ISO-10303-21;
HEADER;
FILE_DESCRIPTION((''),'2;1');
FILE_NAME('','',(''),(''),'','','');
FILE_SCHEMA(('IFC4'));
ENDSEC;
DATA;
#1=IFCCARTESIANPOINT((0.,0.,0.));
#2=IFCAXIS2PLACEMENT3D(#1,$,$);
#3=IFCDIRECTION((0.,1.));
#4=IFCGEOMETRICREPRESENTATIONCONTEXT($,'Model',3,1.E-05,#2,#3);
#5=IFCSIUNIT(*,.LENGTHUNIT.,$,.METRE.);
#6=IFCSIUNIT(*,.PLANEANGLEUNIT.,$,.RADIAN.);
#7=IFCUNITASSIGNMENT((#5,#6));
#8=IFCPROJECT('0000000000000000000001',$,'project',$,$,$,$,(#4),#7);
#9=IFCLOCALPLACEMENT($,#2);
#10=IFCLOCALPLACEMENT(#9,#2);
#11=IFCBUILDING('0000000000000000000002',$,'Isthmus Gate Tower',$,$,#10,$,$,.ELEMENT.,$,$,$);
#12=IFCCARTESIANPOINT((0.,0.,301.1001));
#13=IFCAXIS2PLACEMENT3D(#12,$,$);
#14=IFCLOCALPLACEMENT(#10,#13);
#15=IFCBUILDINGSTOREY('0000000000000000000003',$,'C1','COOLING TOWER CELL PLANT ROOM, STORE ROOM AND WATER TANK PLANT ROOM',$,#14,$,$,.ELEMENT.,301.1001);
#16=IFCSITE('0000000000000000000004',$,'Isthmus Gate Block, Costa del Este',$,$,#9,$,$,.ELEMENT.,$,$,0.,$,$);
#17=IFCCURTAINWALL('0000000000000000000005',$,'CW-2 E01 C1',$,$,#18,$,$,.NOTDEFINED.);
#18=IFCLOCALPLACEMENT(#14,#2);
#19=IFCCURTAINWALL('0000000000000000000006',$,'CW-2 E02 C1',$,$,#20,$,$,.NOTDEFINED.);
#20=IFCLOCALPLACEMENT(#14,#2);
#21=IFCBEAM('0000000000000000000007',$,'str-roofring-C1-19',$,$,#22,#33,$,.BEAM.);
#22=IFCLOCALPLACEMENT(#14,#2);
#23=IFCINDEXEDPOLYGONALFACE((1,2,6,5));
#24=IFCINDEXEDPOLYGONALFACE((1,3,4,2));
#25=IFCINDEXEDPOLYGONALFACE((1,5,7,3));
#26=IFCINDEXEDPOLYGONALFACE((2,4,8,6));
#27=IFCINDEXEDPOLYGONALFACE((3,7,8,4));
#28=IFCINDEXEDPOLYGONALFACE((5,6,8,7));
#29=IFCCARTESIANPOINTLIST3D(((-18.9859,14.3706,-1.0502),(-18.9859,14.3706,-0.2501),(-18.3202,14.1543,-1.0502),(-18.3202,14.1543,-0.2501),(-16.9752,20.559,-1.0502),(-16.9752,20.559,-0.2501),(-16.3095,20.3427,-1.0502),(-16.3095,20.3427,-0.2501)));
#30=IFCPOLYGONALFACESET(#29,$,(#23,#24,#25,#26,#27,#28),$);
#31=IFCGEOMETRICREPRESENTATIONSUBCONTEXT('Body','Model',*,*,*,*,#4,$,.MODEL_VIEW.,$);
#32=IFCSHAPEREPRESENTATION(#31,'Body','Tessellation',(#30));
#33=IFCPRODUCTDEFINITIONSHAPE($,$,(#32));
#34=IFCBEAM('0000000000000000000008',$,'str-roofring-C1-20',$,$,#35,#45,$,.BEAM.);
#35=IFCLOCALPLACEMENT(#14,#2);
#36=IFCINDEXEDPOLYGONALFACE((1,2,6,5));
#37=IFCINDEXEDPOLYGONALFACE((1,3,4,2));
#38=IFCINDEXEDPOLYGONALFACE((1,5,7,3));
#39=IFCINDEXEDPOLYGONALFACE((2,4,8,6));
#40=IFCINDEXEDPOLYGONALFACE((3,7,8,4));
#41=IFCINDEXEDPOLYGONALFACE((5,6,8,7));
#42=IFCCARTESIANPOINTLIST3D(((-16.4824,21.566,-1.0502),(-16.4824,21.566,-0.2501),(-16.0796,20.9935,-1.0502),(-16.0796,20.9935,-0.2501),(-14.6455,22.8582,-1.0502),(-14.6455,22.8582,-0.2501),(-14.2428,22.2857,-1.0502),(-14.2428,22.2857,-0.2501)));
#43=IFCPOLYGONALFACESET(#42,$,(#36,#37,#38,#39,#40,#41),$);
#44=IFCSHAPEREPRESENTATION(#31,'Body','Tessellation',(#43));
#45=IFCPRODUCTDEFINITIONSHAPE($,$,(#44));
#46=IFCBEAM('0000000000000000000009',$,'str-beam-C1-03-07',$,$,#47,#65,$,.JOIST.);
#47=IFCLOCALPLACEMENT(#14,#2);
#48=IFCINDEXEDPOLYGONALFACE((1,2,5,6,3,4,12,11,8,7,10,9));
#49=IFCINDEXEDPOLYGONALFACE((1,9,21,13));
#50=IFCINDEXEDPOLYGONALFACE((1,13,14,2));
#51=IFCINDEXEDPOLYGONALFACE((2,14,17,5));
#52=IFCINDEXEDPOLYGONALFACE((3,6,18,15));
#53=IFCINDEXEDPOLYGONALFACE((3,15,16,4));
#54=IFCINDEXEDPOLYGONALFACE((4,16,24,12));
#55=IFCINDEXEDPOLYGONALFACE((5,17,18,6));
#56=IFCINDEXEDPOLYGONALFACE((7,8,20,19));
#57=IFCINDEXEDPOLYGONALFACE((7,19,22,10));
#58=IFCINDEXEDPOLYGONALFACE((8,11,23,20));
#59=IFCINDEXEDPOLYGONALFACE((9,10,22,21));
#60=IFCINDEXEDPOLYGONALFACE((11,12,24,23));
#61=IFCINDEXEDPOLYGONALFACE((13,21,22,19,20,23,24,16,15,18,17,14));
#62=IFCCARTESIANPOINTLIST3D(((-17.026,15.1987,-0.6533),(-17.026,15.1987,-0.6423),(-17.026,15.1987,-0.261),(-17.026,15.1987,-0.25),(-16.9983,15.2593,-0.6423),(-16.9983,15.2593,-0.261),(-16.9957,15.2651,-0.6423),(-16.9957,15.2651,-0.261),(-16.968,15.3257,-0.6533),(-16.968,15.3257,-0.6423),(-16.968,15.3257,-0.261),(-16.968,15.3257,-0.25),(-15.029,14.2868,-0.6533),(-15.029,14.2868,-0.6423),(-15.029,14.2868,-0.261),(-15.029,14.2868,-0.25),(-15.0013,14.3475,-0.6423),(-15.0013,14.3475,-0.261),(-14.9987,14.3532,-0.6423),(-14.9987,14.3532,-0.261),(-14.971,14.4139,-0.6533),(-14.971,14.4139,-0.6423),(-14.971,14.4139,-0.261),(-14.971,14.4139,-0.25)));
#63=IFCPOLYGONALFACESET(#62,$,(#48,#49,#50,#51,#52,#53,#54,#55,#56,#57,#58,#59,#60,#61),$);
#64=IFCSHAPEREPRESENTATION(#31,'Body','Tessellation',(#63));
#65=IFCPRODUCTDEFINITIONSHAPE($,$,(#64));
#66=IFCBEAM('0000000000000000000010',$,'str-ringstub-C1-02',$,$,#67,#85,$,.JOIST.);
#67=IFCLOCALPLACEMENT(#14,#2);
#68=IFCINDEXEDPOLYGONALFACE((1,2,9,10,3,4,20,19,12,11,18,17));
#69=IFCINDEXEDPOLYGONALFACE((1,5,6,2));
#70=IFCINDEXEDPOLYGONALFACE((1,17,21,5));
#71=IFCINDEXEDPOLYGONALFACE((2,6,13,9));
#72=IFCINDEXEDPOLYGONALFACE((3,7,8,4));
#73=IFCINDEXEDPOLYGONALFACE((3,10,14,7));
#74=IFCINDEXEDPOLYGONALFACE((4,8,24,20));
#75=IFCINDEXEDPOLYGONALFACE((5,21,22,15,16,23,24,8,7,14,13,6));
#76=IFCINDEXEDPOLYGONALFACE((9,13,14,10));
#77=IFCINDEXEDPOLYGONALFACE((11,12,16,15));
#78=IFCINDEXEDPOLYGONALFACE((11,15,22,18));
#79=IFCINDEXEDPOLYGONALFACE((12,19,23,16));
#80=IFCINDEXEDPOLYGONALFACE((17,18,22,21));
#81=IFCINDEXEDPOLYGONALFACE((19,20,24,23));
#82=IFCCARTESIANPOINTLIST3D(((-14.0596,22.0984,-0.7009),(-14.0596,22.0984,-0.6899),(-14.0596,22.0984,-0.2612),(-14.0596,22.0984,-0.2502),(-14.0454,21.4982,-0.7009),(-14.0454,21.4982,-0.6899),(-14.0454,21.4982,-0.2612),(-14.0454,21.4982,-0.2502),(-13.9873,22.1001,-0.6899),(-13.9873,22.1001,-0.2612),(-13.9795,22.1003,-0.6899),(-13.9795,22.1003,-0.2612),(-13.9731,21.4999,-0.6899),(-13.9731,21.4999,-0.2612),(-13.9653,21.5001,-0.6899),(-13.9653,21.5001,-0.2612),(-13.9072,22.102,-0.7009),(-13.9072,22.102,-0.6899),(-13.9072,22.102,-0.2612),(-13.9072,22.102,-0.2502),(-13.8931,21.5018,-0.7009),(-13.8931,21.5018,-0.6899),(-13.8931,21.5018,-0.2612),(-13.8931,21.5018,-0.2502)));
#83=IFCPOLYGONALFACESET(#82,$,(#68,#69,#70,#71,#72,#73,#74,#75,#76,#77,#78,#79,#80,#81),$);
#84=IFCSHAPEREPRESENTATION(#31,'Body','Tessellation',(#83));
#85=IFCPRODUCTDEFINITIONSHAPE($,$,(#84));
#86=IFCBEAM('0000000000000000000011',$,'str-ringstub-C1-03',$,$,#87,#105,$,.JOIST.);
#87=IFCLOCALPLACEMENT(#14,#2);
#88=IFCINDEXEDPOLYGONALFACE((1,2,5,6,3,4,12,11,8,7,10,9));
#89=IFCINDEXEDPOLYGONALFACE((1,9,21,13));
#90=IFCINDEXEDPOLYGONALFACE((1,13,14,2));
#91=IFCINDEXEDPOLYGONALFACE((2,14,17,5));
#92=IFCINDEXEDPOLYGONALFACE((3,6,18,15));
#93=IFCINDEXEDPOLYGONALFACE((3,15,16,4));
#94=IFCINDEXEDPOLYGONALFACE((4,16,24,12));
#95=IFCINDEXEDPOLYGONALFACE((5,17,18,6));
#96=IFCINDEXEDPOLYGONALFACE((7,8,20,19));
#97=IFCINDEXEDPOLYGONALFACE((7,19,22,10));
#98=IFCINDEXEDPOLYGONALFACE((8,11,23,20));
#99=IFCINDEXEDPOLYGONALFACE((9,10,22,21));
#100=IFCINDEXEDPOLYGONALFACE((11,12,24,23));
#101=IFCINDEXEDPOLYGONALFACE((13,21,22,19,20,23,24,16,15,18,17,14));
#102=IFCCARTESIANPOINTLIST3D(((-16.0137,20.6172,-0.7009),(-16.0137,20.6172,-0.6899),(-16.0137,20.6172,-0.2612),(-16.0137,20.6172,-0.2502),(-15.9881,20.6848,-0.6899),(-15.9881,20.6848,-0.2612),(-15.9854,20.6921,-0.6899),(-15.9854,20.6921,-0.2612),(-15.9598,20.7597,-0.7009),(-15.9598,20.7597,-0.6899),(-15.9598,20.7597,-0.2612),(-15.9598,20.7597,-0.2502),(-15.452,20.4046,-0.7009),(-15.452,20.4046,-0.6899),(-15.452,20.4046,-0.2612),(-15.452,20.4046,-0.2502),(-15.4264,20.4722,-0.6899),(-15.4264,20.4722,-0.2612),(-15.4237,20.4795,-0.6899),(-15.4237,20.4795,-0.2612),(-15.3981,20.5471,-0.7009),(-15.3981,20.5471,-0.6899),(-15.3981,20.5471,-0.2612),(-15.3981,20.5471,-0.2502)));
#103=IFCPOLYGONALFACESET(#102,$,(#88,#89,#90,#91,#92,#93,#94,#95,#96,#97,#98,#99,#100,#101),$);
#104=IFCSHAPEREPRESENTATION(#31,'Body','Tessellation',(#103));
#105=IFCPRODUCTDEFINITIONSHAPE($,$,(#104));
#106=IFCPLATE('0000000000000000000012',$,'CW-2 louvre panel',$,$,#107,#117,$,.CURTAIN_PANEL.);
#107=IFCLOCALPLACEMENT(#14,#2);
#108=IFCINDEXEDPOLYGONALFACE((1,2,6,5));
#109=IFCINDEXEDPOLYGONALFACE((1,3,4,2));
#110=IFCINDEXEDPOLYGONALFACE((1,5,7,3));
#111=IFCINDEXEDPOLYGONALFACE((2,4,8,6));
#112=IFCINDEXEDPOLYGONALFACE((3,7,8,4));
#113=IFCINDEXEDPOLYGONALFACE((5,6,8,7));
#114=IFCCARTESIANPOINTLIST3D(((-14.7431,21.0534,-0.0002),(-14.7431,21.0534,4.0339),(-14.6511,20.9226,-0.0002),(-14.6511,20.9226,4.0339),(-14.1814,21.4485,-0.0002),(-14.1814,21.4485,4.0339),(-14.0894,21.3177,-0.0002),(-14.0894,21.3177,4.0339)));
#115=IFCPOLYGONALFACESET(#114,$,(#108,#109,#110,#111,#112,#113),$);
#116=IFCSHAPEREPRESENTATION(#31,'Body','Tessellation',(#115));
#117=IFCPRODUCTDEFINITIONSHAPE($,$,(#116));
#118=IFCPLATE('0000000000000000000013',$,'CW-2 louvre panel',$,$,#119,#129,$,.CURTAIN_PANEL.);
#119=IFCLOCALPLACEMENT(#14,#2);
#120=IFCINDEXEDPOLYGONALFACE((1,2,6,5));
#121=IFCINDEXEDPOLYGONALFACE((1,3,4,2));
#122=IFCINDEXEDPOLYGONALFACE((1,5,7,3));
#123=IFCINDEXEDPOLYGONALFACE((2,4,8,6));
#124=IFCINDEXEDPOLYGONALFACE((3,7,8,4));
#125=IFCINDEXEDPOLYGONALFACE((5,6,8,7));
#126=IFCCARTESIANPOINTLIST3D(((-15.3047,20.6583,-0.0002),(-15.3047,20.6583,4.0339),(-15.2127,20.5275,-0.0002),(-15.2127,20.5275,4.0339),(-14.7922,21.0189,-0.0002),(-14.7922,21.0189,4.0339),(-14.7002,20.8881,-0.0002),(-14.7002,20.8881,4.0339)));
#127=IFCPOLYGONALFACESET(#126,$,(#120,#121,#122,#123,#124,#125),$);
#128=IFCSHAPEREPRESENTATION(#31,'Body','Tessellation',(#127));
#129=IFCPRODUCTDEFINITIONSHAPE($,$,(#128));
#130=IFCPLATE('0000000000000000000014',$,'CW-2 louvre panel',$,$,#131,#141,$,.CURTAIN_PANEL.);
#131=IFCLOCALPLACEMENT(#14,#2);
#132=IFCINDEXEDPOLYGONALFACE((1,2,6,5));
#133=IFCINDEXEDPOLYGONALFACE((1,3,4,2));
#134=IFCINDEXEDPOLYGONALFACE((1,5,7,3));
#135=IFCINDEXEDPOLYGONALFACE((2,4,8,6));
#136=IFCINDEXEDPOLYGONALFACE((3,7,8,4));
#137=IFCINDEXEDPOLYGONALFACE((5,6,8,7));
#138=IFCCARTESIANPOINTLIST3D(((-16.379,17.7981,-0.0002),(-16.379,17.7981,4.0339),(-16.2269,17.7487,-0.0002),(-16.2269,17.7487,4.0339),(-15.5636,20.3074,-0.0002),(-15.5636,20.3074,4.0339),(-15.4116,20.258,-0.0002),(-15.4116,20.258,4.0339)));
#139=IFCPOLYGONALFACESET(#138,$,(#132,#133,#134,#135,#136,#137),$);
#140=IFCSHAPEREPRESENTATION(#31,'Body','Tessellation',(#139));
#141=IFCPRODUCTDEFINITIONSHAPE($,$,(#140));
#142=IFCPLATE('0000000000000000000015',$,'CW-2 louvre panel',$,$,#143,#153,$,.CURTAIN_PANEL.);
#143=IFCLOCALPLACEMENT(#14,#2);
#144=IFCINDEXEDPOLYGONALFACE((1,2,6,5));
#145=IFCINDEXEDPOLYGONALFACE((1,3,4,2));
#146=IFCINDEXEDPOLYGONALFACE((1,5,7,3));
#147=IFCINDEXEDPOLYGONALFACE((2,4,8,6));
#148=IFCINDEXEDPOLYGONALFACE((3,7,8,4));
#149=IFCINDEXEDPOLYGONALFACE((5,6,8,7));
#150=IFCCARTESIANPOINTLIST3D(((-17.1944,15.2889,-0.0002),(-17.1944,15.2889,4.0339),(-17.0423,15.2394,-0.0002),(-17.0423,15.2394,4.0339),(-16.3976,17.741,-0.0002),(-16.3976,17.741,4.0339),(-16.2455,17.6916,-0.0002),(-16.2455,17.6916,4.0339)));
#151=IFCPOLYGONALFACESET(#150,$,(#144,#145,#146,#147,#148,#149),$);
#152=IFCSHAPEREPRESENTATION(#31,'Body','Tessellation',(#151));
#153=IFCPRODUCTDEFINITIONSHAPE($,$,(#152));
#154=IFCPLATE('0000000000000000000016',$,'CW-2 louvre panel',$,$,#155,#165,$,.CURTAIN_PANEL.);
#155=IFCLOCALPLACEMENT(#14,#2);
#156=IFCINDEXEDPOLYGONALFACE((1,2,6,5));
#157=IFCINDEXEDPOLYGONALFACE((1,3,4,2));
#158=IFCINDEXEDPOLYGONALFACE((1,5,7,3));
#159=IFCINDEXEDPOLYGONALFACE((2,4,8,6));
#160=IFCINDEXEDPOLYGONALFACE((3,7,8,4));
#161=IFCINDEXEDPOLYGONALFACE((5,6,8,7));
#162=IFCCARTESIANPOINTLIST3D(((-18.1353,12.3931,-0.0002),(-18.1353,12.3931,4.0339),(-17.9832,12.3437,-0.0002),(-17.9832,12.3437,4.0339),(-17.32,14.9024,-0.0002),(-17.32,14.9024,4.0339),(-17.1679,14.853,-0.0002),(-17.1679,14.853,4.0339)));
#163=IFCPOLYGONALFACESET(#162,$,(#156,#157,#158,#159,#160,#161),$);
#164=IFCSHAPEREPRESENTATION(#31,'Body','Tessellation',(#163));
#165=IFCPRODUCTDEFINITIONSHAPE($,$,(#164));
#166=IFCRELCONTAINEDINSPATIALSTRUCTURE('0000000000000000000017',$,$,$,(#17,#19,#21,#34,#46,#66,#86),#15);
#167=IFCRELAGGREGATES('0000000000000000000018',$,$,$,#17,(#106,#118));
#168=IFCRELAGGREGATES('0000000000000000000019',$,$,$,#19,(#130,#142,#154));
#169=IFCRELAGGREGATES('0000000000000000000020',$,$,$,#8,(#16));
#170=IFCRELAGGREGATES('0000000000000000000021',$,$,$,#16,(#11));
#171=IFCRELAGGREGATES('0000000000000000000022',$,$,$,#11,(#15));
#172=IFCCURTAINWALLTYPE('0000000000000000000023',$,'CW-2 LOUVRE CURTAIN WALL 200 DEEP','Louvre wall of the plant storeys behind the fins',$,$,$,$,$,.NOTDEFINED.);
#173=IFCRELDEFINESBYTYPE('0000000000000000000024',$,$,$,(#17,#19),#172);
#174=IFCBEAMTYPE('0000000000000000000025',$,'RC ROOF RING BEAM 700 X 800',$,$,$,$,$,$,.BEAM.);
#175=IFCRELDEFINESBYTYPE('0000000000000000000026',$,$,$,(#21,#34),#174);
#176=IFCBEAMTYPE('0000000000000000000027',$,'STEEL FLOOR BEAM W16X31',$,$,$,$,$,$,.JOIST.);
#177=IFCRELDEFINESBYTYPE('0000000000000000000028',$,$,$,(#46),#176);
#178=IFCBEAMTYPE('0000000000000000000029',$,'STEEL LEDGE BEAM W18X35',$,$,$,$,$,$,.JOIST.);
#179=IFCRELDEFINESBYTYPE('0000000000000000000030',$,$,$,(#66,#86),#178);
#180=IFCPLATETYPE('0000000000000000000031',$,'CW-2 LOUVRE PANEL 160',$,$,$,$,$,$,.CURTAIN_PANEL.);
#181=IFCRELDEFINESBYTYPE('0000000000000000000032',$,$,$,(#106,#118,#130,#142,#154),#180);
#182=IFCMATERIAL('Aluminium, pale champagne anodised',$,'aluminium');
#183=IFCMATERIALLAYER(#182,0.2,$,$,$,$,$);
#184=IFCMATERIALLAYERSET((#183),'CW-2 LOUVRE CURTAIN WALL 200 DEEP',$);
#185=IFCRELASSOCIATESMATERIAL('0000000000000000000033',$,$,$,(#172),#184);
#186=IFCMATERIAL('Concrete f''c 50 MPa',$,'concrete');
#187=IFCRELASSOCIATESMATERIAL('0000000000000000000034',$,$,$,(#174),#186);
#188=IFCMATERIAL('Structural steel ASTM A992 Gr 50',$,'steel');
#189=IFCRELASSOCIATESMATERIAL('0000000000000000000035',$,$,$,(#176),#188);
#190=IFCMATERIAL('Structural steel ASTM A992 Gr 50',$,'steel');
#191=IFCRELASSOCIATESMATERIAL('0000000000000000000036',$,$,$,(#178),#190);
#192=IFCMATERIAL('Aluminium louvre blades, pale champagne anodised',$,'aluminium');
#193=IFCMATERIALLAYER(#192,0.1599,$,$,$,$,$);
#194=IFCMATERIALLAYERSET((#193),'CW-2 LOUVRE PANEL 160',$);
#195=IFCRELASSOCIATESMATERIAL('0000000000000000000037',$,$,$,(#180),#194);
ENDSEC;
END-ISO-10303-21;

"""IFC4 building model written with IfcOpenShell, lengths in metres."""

from ifc_helpers import new_model, si_unit, direction, frame, origin, origin_2d, place, context, subcontext, project, spatial, rectangle, i_section, extrude, material, layer, layer_set, material_profile, profile_set, type_object, element, aggregate, save


model = new_model("IFC4")

# Units and contexts
model_context = context("Model", 3, precision=1e-05, world=origin(), true_north=direction((0.0, 1.0)))
body_context = subcontext(model_context, "Body", "Model", "MODEL_VIEW")
ifc_project = project(units=[si_unit("LENGTHUNIT", "METRE"), si_unit("PLANEANGLEUNIT", "RADIAN")], contexts=[model_context])

# Site, building, storey
site_placement = place(None, origin())
site = spatial("IfcSite", under=ifc_project, at=site_placement, Name="Isthmus Gate Block, Costa del Este", CompositionType="ELEMENT", RefElevation=0.0)
building_placement = place(site_placement, origin())
building = spatial("IfcBuilding", under=site, at=building_placement, Name="Isthmus Gate Tower", CompositionType="ELEMENT")
storey_placement = place(building_placement, frame((0.0, 0.0, 301.1001)))
storey = spatial("IfcBuildingStorey", under=building, at=storey_placement, Name="C1", Description="COOLING TOWER CELL PLANT ROOM, STORE ROOM AND WATER TANK PLANT ROOM", CompositionType="ELEMENT", Elevation=301.1001)

# Curtain wall
ifc_material_1 = material(Name="Aluminium, pale champagne anodised", Category="aluminium")
ifc_layer_1 = layer(ifc_material_1, 0.2)
ifc_layer_set_1 = layer_set([ifc_layer_1], Name="CW-2 LOUVRE CURTAIN WALL 200 DEEP")
curtain_wall_type = type_object("IfcCurtainWallType", Name="CW-2 LOUVRE CURTAIN WALL 200 DEEP", Description="Louvre wall of the plant storeys behind the fins", PredefinedType="NOTDEFINED", material=ifc_layer_set_1)
curtain_wall_1_placement = place(storey_placement, origin())
curtain_wall_1 = element("IfcCurtainWall", 1, at=curtain_wall_1_placement, inside=storey, type_object=curtain_wall_type, Name="CW-2 E01 C1", PredefinedType="NOTDEFINED")

# Curtain wall
curtain_wall_2_placement = place(storey_placement, origin())
curtain_wall_2 = element("IfcCurtainWall", 2, at=curtain_wall_2_placement, inside=storey, type_object=curtain_wall_type, Name="CW-2 E02 C1", PredefinedType="NOTDEFINED")

# Beams
ifc_material_2 = material(Name="Concrete f'c 50 MPa", Category="concrete")
ifc_material_profile_1 = material_profile(ifc_material_2, rectangle(XDim=0.7, YDim=0.8, at=origin_2d()), Name="RC 700X800")
ifc_profile_set_1 = profile_set([ifc_material_profile_1], Name="Concrete f'c 50 MPa")
beam_type_1 = type_object("IfcBeamType", Name="RC ROOF RING BEAM 700 X 800", PredefinedType="BEAM", material=ifc_profile_set_1)
beam_1_placement = place(storey_placement, frame((-18.6531, 14.2625, -0.6501), z_axis=(0.309015, 0.951057, 0.0), x_axis=(-0.951057, 0.309015, 0.0)))
element("IfcBeam", 3, at=beam_1_placement, inside=storey, type_object=beam_type_1, Name="str-roofring-C1-19", PredefinedType="BEAM", context=body_context, shape_type="SweptSolid", body=[
    extrude(rectangle(XDim=0.7, YDim=0.8, at=origin_2d()), origin(), (0.0, 0.0, 1.0), 6.5068),
])
beam_2_placement = place(storey_placement, frame((-16.281, 21.2798, -0.6501), z_axis=(0.817892, 0.575372, 0.0), x_axis=(-0.575372, 0.817892, 0.0)))
element("IfcBeam", 4, at=beam_2_placement, inside=storey, type_object=beam_type_1, Name="str-roofring-C1-20", PredefinedType="BEAM", context=body_context, shape_type="SweptSolid", body=[
    extrude(rectangle(XDim=0.7, YDim=0.8, at=origin_2d()), origin(), (0.0, 0.0, 1.0), 2.2458),
])
ifc_material_3 = material(Name="Structural steel ASTM A992 Gr 50", Category="steel")
ifc_material_profile_2 = material_profile(ifc_material_3, i_section(OverallWidth=0.1396, OverallDepth=0.4033, WebThickness=0.0063, FlangeThickness=0.011, at=origin_2d()), Name="W16X31")
ifc_profile_set_2 = profile_set([ifc_material_profile_2], Name="Structural steel ASTM A992 Gr 50")
beam_type_2 = type_object("IfcBeamType", Name="STEEL FLOOR BEAM W16X31", PredefinedType="JOIST", material=ifc_profile_set_2)
beam_3_placement = place(storey_placement, frame((-15.0, 14.3503, -0.4517), z_axis=(-0.909661, 0.415352, 0.0), x_axis=(-0.415352, -0.909661, 0.0)))
element("IfcBeam", 5, at=beam_3_placement, inside=storey, type_object=beam_type_2, Name="str-beam-C1-03-07", PredefinedType="JOIST", context=body_context, shape_type="SweptSolid", body=[
    extrude(i_section(OverallWidth=0.1396, OverallDepth=0.4033, WebThickness=0.0063, FlangeThickness=0.011, at=origin_2d()), origin(), (0.0, 0.0, 1.0), 2.1953),
])
ifc_material_4 = material(Name="Structural steel ASTM A992 Gr 50", Category="steel")
ifc_material_profile_3 = material_profile(ifc_material_4, i_section(OverallWidth=0.1523, OverallDepth=0.4507, WebThickness=0.0078, FlangeThickness=0.011, at=origin_2d()), Name="W18X35")
ifc_profile_set_3 = profile_set([ifc_material_profile_3], Name="Structural steel ASTM A992 Gr 50")
beam_type_3 = type_object("IfcBeamType", Name="STEEL LEDGE BEAM W18X35", PredefinedType="JOIST", material=ifc_profile_set_3)
beam_4_placement = place(storey_placement, frame((-13.9692, 21.5, -0.4756), z_axis=(-0.02359, 0.999722, 0.0), x_axis=(-0.999722, -0.02359, 0.0)))
element("IfcBeam", 6, at=beam_4_placement, inside=storey, type_object=beam_type_3, Name="str-ringstub-C1-02", PredefinedType="JOIST", context=body_context, shape_type="SweptSolid", body=[
    extrude(i_section(OverallWidth=0.1523, OverallDepth=0.4507, WebThickness=0.0078, FlangeThickness=0.011, at=origin_2d()), origin(), (0.0, 0.0, 1.0), 0.6003),
])
beam_5_placement = place(storey_placement, frame((-15.425, 20.4758, -0.4756), z_axis=(-0.935239, 0.354017, 0.0), x_axis=(-0.354017, -0.935239, 0.0)))
element("IfcBeam", 7, at=beam_5_placement, inside=storey, type_object=beam_type_3, Name="str-ringstub-C1-03", PredefinedType="JOIST", context=body_context, shape_type="SweptSolid", body=[
    extrude(i_section(OverallWidth=0.1523, OverallDepth=0.4507, WebThickness=0.0078, FlangeThickness=0.011, at=origin_2d()), origin(), (0.0, 0.0, 1.0), 0.6006),
])

# Plates
ifc_material_5 = material(Name="Aluminium louvre blades, pale champagne anodised", Category="aluminium")
ifc_layer_2 = layer(ifc_material_5, 0.1599)
ifc_layer_set_2 = layer_set([ifc_layer_2], Name="CW-2 LOUVRE PANEL 160")
plate_type = type_object("IfcPlateType", Name="CW-2 LOUVRE PANEL 160", PredefinedType="CURTAIN_PANEL", material=ifc_layer_set_2)
plate_1_placement = place(storey_placement, frame((-14.4163, 21.1855, -0.0002), z_axis=(0.0, 0.0, 1.0), x_axis=(-0.81786, -0.575418, 0.0)))
plate_1 = element("IfcPlate", 8, at=plate_1_placement, type_object=plate_type, Name="CW-2 louvre panel", PredefinedType="CURTAIN_PANEL", context=body_context, shape_type="SweptSolid", body=[
    extrude(rectangle(XDim=0.6868, YDim=0.1599, at=origin_2d()), origin(), (0.0, 0.0, 1.0), 4.0342),
])
plate_2_placement = place(storey_placement, frame((-15.0024, 20.7732, -0.0002), z_axis=(0.0, 0.0, 1.0), x_axis=(-0.81786, -0.575418, 0.0)))
plate_2 = element("IfcPlate", 9, at=plate_2_placement, type_object=plate_type, Name="CW-2 louvre panel", PredefinedType="CURTAIN_PANEL", context=body_context, shape_type="SweptSolid", body=[
    extrude(rectangle(XDim=0.6267, YDim=0.1599, at=origin_2d()), origin(), (0.0, 0.0, 1.0), 4.0342),
])
aggregate(curtain_wall_1, [plate_1, plate_2])
plate_3_placement = place(storey_placement, frame((-15.8953, 19.0281, -0.0002), z_axis=(0.0, 0.0, 1.0), x_axis=(-0.309017, -0.951057, 0.0)))
plate_3 = element("IfcPlate", 10, at=plate_3_placement, type_object=plate_type, Name="CW-2 louvre panel", PredefinedType="CURTAIN_PANEL", context=body_context, shape_type="SweptSolid", body=[
    extrude(rectangle(XDim=2.6384, YDim=0.1599, at=origin_2d()), origin(), (0.0, 0.0, 1.0), 4.0342),
])
plate_4_placement = place(storey_placement, frame((-16.72, 16.4902, -0.0002), z_axis=(0.0, 0.0, 1.0), x_axis=(-0.309017, -0.951057, 0.0)))
plate_4 = element("IfcPlate", 11, at=plate_4_placement, type_object=plate_type, Name="CW-2 louvre panel", PredefinedType="CURTAIN_PANEL", context=body_context, shape_type="SweptSolid", body=[
    extrude(rectangle(XDim=2.5784, YDim=0.1599, at=origin_2d()), origin(), (0.0, 0.0, 1.0), 4.0342),
])
plate_5_placement = place(storey_placement, frame((-17.6516, 13.623, -0.0002), z_axis=(0.0, 0.0, 1.0), x_axis=(-0.309017, -0.951057, 0.0)))
plate_5 = element("IfcPlate", 12, at=plate_5_placement, type_object=plate_type, Name="CW-2 louvre panel", PredefinedType="CURTAIN_PANEL", context=body_context, shape_type="SweptSolid", body=[
    extrude(rectangle(XDim=2.6384, YDim=0.1599, at=origin_2d()), origin(), (0.0, 0.0, 1.0), 4.0342),
])
aggregate(curtain_wall_2, [plate_3, plate_4, plate_5])

save(model, "model.ifc")
